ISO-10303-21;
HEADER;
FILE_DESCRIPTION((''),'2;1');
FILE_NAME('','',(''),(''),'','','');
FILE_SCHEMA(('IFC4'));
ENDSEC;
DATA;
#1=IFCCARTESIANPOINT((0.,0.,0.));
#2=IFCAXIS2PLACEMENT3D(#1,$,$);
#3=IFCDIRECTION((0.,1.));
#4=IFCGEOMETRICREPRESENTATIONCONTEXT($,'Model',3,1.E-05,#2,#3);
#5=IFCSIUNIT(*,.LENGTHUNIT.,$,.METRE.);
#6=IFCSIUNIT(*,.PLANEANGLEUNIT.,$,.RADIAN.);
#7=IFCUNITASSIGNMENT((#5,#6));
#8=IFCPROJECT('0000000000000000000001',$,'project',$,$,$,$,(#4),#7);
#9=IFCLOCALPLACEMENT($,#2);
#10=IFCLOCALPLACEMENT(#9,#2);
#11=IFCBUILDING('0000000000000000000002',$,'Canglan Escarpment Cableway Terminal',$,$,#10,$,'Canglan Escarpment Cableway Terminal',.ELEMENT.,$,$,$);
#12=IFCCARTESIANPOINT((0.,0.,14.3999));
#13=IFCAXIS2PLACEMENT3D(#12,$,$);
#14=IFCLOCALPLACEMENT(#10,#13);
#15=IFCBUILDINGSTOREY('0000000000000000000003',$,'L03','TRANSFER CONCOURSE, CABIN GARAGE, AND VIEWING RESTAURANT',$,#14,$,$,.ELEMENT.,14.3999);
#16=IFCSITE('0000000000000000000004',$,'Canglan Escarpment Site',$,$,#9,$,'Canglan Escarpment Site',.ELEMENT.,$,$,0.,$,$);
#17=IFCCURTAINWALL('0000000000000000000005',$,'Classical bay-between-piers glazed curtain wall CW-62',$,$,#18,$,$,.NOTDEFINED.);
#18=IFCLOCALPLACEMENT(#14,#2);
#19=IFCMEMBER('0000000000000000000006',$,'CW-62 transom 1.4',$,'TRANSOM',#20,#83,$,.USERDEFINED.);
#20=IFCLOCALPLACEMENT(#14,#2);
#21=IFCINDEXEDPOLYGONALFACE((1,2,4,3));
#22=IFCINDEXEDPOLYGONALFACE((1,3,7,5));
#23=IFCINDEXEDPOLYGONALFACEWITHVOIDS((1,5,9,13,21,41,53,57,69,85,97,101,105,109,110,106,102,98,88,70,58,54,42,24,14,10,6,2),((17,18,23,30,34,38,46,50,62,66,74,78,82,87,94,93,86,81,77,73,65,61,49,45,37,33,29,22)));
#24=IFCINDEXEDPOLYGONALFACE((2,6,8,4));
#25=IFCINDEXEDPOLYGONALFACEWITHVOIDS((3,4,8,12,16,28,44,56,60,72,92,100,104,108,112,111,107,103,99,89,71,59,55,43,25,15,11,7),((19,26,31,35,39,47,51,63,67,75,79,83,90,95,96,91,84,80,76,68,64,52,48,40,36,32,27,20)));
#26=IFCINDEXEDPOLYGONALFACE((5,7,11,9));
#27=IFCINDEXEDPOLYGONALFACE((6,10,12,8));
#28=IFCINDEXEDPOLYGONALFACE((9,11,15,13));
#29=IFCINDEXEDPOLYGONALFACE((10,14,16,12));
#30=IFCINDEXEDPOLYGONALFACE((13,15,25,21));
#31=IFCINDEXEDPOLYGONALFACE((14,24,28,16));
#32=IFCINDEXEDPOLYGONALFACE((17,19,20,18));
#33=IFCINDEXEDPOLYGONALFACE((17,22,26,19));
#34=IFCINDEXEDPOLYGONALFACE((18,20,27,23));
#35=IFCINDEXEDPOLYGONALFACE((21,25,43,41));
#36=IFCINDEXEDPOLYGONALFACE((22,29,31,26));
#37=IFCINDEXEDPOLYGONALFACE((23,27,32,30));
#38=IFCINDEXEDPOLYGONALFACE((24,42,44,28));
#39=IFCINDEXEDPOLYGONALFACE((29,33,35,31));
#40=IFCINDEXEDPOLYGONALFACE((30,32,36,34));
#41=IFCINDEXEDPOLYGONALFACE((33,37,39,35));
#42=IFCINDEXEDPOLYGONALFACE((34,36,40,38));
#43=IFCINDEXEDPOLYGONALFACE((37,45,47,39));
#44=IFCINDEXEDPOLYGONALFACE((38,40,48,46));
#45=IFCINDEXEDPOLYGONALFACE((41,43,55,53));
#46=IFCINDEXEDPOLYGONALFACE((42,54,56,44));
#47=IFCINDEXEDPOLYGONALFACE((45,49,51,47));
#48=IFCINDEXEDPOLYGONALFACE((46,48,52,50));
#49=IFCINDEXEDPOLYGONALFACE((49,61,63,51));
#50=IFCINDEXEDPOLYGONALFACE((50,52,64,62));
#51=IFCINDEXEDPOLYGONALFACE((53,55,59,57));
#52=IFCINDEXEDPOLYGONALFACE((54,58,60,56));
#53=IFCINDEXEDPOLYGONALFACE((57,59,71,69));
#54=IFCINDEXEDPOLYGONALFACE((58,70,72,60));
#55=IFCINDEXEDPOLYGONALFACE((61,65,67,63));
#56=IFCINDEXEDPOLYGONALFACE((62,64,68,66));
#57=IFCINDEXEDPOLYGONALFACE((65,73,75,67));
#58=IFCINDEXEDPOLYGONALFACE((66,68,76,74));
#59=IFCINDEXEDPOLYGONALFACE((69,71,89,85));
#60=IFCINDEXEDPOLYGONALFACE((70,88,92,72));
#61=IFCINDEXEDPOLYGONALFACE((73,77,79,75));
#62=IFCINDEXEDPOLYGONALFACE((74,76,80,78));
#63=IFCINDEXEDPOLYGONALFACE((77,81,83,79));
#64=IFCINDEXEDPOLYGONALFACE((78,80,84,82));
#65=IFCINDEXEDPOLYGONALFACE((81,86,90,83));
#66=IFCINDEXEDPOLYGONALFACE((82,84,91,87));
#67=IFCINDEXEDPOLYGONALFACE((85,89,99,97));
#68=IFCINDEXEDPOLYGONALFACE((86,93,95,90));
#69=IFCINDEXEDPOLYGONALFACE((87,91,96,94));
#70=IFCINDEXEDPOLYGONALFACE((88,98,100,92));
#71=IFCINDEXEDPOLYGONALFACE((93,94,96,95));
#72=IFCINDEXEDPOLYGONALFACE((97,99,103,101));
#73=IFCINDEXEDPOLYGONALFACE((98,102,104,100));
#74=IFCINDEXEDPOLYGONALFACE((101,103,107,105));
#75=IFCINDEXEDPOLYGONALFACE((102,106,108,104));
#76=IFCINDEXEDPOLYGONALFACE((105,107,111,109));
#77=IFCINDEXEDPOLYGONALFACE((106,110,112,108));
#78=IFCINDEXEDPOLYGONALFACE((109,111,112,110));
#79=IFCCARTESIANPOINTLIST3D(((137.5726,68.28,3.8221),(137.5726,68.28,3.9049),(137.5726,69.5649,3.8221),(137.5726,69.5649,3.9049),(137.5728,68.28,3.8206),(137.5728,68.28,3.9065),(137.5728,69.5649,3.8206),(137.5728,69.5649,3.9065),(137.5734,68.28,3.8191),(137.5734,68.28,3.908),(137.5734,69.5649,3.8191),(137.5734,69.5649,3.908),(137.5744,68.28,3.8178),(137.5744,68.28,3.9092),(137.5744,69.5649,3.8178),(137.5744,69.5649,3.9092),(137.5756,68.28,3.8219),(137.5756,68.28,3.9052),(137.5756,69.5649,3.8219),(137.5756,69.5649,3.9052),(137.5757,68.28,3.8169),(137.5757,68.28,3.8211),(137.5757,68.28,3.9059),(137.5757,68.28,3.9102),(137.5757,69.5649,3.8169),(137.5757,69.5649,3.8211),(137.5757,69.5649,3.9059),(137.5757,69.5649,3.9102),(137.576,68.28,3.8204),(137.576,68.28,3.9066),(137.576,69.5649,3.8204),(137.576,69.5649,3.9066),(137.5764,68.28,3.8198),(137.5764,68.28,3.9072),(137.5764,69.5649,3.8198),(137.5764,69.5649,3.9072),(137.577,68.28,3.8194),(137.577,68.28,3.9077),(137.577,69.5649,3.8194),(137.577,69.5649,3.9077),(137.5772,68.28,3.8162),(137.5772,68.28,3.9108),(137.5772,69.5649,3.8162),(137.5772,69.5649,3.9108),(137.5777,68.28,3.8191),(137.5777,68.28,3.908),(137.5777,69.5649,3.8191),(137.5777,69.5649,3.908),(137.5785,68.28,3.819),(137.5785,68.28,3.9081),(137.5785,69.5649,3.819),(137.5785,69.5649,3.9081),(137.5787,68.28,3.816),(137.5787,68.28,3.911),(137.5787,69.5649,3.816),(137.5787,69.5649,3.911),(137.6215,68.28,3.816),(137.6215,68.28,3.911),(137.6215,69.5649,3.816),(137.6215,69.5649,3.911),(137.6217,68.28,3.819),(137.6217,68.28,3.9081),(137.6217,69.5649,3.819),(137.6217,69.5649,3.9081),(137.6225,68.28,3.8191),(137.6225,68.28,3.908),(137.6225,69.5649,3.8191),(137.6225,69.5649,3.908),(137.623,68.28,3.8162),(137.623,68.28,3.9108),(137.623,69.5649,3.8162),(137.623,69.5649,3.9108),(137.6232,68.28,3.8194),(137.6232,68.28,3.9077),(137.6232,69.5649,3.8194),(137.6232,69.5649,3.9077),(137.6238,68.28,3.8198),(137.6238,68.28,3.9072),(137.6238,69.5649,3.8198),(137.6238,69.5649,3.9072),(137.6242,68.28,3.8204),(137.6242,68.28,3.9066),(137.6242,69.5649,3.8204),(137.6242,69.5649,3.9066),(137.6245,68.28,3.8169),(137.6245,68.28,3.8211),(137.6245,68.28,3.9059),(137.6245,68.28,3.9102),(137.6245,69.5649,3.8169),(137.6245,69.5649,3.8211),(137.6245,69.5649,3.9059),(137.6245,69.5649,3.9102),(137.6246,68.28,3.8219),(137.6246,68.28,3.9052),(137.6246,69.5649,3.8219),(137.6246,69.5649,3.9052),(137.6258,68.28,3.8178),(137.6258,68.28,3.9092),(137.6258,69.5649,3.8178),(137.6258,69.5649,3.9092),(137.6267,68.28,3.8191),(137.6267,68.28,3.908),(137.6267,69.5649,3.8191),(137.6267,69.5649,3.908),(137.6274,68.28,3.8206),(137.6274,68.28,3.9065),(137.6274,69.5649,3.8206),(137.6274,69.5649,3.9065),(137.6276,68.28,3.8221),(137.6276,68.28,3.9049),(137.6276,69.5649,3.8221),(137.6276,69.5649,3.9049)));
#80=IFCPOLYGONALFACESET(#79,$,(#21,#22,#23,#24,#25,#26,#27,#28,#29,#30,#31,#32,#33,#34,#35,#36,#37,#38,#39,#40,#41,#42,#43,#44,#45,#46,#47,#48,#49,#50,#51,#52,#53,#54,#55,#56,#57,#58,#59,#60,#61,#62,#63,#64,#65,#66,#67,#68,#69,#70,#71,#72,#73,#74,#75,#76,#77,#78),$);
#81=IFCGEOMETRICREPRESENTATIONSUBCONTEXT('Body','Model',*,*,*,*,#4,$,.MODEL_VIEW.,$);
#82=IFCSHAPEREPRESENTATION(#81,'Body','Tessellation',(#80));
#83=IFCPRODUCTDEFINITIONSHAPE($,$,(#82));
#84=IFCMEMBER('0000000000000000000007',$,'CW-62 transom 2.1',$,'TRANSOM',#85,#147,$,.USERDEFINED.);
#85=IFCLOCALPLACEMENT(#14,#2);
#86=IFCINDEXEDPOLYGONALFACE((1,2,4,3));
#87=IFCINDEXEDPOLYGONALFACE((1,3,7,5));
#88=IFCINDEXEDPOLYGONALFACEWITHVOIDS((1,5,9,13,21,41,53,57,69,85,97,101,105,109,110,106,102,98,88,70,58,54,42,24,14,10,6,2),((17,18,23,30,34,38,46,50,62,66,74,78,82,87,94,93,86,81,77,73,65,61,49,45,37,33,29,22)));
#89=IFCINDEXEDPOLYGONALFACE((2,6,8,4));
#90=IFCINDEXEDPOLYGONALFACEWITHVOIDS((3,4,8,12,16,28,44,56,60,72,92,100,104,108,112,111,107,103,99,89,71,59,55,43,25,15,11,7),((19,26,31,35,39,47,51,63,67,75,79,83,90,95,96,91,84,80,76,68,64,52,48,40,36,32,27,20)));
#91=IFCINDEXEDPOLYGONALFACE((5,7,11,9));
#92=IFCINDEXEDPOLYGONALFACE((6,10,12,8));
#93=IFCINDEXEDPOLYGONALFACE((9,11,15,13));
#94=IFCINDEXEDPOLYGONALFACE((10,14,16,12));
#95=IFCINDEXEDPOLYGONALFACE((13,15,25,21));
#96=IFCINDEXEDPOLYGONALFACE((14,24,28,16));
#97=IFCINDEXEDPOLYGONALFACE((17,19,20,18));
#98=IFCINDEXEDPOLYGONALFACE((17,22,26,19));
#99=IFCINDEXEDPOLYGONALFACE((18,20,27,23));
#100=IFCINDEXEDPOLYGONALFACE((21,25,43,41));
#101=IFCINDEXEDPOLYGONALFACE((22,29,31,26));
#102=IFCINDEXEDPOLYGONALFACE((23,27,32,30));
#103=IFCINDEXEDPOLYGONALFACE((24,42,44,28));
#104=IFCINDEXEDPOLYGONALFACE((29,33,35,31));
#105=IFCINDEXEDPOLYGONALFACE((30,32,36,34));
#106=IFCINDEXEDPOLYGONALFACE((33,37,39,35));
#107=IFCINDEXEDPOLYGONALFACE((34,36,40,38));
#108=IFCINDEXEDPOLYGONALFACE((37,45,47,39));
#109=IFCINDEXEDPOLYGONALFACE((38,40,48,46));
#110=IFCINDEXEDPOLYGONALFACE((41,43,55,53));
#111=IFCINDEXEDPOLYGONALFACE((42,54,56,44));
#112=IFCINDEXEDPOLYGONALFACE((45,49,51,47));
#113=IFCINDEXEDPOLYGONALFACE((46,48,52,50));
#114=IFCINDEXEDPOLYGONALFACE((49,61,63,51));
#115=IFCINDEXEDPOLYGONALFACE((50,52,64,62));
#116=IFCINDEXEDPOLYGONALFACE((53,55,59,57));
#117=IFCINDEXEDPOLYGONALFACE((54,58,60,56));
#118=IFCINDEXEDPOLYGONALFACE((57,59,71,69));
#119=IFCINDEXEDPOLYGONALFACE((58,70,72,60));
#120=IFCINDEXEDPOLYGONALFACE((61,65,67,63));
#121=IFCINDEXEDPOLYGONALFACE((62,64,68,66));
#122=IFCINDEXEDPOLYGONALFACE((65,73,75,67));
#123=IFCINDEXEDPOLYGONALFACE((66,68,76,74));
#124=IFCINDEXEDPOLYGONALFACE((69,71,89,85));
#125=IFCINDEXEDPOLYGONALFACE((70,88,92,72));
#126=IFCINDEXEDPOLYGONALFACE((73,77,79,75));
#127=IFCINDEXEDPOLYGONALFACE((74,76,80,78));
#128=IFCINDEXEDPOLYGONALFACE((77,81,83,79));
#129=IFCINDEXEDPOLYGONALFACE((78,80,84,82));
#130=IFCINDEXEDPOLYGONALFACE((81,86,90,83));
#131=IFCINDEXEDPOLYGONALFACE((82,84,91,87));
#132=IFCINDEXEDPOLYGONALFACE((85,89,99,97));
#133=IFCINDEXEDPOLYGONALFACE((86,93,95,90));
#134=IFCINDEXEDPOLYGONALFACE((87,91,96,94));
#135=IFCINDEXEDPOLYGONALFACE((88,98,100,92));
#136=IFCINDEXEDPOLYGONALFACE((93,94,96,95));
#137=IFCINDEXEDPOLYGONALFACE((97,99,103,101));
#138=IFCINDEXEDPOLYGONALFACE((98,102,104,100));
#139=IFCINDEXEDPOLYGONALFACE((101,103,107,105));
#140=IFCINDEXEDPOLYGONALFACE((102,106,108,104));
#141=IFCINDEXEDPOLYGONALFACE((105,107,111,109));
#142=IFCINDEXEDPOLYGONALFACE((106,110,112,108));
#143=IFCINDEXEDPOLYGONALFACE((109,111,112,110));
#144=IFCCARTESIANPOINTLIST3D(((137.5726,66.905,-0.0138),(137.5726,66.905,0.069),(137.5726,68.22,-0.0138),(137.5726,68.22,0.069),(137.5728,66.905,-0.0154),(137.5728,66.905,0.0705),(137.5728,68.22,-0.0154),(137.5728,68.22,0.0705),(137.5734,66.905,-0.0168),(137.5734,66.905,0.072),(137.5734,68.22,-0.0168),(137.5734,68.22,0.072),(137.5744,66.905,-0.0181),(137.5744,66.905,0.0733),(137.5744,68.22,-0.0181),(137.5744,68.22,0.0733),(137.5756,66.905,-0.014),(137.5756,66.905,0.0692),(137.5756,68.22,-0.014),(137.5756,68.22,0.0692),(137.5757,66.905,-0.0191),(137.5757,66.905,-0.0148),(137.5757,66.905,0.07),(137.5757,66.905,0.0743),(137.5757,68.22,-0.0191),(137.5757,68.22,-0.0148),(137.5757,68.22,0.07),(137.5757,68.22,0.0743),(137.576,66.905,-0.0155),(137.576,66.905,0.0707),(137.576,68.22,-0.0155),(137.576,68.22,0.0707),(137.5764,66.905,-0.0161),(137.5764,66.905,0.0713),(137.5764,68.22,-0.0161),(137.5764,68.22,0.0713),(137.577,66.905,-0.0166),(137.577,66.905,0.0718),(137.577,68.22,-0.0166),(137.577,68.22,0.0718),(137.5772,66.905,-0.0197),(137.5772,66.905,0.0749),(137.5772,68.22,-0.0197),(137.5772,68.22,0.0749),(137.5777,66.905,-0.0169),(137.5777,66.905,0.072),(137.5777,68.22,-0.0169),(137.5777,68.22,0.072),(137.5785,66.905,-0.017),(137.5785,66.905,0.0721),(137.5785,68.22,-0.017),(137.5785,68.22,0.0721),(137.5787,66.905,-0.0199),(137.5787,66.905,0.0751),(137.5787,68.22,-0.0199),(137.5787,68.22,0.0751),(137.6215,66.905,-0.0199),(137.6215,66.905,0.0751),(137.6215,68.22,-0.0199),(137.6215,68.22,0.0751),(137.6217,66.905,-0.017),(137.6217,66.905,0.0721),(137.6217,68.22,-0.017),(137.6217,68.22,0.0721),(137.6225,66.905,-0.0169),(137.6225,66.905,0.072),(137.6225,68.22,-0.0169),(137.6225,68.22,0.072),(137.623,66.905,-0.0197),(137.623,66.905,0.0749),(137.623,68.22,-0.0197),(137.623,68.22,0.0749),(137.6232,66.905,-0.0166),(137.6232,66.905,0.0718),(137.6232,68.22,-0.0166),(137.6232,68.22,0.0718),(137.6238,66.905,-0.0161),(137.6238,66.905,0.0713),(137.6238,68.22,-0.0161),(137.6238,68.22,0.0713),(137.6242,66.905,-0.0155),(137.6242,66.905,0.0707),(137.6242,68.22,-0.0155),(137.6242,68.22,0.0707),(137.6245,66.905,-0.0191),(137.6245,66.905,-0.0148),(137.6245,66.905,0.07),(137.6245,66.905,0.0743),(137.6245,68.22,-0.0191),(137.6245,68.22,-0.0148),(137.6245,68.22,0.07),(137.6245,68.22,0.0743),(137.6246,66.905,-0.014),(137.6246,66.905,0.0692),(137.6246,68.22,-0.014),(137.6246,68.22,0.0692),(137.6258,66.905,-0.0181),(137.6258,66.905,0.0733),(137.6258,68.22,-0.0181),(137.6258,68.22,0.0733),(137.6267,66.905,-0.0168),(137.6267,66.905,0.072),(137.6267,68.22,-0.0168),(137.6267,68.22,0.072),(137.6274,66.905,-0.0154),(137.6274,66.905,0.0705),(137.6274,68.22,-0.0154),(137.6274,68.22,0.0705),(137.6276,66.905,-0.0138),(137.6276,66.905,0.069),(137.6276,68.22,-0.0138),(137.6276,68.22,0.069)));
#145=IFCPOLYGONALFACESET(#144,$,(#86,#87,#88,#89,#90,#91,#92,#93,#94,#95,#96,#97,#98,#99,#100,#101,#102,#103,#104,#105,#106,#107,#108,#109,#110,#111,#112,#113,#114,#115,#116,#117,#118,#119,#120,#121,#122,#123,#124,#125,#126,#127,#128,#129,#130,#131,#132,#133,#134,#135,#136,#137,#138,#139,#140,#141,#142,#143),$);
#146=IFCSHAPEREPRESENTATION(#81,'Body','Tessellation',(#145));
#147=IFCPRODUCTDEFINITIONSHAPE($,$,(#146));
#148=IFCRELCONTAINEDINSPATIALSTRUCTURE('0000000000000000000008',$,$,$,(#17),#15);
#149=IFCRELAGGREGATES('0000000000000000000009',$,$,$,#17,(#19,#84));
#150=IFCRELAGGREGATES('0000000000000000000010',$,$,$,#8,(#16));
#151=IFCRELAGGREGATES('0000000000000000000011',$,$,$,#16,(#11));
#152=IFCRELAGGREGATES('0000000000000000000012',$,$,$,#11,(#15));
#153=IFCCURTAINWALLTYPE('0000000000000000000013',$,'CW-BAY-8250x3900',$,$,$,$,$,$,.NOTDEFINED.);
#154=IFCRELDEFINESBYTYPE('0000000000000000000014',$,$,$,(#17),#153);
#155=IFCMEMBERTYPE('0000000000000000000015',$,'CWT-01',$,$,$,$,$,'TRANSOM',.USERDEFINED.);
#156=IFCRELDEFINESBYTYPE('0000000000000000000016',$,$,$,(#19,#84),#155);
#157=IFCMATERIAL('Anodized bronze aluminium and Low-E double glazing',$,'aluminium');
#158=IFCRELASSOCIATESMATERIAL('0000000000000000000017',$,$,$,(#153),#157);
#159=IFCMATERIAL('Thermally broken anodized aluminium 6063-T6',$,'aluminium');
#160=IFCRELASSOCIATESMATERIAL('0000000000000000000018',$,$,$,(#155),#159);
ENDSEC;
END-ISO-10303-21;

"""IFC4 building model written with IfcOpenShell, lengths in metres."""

from ifc_helpers import new_model, si_unit, direction, frame, origin, origin_2d, place, context, subcontext, project, spatial, hollow_rectangle, extrude, material, material_profile, profile_set, type_object, element, aggregate, save


model = new_model("IFC4")

# Units and contexts
model_context = context("Model", 3, precision=1e-05, world=origin(), true_north=direction((0.0, 1.0)))
body_context = subcontext(model_context, "Body", "Model", "MODEL_VIEW")
ifc_project = project(units=[si_unit("LENGTHUNIT", "METRE"), si_unit("PLANEANGLEUNIT", "RADIAN")], contexts=[model_context])

# Site, building, storey
site_placement = place(None, origin())
site = spatial("IfcSite", under=ifc_project, at=site_placement, Name="Canglan Escarpment Site", LongName="Canglan Escarpment Site", CompositionType="ELEMENT", RefElevation=0.0)
building_placement = place(site_placement, origin())
building = spatial("IfcBuilding", under=site, at=building_placement, Name="Canglan Escarpment Cableway Terminal", LongName="Canglan Escarpment Cableway Terminal", CompositionType="ELEMENT")
storey_placement = place(building_placement, frame((0.0, 0.0, 14.3999)))
storey = spatial("IfcBuildingStorey", under=building, at=storey_placement, Name="L03", Description="TRANSFER CONCOURSE, CABIN GARAGE, AND VIEWING RESTAURANT", CompositionType="ELEMENT", Elevation=14.3999)

# Curtain wall, members
ifc_material_1 = material(Name="Anodized bronze aluminium and Low-E double glazing", Category="aluminium")
curtain_wall_type = type_object("IfcCurtainWallType", Name="CW-BAY-8250x3900", PredefinedType="NOTDEFINED", material=ifc_material_1)
curtain_wall_placement = place(storey_placement, origin())
curtain_wall = element("IfcCurtainWall", 1, at=curtain_wall_placement, inside=storey, type_object=curtain_wall_type, Name="Classical bay-between-piers glazed curtain wall CW-62", PredefinedType="NOTDEFINED")
ifc_material_2 = material(Name="Thermally broken anodized aluminium 6063-T6", Category="aluminium")
ifc_material_profile_1 = material_profile(ifc_material_2, hollow_rectangle(XDim=0.0549, YDim=0.095, WallThickness=0.0029, InnerFilletRadius=0.0029, OuterFilletRadius=0.0061, at=origin_2d()), Name="ALU-TRAN 55x95x3")
ifc_profile_set_1 = profile_set([ifc_material_profile_1], Name="Thermally broken anodized aluminium 6063-T6")
member_type_1 = type_object("IfcMemberType", Name="CWT-01", ElementType="TRANSOM", PredefinedType="USERDEFINED", material=ifc_profile_set_1)
member_1_placement = place(storey_placement, frame((137.6001, 69.5649, 3.8635), z_axis=(0.0, -1.0, 0.0), x_axis=(1.0, 0.0, 0.0)))
member_1 = element("IfcMember", 2, at=member_1_placement, type_object=member_type_1, Name="CW-62 transom 1.4", ObjectType="TRANSOM", PredefinedType="USERDEFINED", context=body_context, shape_type="SweptSolid", body=[
    extrude(hollow_rectangle(XDim=0.0549, YDim=0.095, WallThickness=0.0029, InnerFilletRadius=0.0029, OuterFilletRadius=0.0061, at=origin_2d()), origin(), (0.0, 0.0, 1.0), 1.2849),
])
member_2_placement = place(storey_placement, frame((137.6001, 68.22, 0.0276), z_axis=(0.0, -1.0, 0.0), x_axis=(1.0, 0.0, 0.0)))
member_2 = element("IfcMember", 3, at=member_2_placement, type_object=member_type_1, Name="CW-62 transom 2.1", ObjectType="TRANSOM", PredefinedType="USERDEFINED", context=body_context, shape_type="SweptSolid", body=[
    extrude(hollow_rectangle(XDim=0.0549, YDim=0.095, WallThickness=0.0029, InnerFilletRadius=0.0029, OuterFilletRadius=0.0061, at=origin_2d()), origin(), (0.0, 0.0, 1.0), 1.3149),
])

aggregate(curtain_wall, [member_1, member_2])

save(model, "model.ifc")
